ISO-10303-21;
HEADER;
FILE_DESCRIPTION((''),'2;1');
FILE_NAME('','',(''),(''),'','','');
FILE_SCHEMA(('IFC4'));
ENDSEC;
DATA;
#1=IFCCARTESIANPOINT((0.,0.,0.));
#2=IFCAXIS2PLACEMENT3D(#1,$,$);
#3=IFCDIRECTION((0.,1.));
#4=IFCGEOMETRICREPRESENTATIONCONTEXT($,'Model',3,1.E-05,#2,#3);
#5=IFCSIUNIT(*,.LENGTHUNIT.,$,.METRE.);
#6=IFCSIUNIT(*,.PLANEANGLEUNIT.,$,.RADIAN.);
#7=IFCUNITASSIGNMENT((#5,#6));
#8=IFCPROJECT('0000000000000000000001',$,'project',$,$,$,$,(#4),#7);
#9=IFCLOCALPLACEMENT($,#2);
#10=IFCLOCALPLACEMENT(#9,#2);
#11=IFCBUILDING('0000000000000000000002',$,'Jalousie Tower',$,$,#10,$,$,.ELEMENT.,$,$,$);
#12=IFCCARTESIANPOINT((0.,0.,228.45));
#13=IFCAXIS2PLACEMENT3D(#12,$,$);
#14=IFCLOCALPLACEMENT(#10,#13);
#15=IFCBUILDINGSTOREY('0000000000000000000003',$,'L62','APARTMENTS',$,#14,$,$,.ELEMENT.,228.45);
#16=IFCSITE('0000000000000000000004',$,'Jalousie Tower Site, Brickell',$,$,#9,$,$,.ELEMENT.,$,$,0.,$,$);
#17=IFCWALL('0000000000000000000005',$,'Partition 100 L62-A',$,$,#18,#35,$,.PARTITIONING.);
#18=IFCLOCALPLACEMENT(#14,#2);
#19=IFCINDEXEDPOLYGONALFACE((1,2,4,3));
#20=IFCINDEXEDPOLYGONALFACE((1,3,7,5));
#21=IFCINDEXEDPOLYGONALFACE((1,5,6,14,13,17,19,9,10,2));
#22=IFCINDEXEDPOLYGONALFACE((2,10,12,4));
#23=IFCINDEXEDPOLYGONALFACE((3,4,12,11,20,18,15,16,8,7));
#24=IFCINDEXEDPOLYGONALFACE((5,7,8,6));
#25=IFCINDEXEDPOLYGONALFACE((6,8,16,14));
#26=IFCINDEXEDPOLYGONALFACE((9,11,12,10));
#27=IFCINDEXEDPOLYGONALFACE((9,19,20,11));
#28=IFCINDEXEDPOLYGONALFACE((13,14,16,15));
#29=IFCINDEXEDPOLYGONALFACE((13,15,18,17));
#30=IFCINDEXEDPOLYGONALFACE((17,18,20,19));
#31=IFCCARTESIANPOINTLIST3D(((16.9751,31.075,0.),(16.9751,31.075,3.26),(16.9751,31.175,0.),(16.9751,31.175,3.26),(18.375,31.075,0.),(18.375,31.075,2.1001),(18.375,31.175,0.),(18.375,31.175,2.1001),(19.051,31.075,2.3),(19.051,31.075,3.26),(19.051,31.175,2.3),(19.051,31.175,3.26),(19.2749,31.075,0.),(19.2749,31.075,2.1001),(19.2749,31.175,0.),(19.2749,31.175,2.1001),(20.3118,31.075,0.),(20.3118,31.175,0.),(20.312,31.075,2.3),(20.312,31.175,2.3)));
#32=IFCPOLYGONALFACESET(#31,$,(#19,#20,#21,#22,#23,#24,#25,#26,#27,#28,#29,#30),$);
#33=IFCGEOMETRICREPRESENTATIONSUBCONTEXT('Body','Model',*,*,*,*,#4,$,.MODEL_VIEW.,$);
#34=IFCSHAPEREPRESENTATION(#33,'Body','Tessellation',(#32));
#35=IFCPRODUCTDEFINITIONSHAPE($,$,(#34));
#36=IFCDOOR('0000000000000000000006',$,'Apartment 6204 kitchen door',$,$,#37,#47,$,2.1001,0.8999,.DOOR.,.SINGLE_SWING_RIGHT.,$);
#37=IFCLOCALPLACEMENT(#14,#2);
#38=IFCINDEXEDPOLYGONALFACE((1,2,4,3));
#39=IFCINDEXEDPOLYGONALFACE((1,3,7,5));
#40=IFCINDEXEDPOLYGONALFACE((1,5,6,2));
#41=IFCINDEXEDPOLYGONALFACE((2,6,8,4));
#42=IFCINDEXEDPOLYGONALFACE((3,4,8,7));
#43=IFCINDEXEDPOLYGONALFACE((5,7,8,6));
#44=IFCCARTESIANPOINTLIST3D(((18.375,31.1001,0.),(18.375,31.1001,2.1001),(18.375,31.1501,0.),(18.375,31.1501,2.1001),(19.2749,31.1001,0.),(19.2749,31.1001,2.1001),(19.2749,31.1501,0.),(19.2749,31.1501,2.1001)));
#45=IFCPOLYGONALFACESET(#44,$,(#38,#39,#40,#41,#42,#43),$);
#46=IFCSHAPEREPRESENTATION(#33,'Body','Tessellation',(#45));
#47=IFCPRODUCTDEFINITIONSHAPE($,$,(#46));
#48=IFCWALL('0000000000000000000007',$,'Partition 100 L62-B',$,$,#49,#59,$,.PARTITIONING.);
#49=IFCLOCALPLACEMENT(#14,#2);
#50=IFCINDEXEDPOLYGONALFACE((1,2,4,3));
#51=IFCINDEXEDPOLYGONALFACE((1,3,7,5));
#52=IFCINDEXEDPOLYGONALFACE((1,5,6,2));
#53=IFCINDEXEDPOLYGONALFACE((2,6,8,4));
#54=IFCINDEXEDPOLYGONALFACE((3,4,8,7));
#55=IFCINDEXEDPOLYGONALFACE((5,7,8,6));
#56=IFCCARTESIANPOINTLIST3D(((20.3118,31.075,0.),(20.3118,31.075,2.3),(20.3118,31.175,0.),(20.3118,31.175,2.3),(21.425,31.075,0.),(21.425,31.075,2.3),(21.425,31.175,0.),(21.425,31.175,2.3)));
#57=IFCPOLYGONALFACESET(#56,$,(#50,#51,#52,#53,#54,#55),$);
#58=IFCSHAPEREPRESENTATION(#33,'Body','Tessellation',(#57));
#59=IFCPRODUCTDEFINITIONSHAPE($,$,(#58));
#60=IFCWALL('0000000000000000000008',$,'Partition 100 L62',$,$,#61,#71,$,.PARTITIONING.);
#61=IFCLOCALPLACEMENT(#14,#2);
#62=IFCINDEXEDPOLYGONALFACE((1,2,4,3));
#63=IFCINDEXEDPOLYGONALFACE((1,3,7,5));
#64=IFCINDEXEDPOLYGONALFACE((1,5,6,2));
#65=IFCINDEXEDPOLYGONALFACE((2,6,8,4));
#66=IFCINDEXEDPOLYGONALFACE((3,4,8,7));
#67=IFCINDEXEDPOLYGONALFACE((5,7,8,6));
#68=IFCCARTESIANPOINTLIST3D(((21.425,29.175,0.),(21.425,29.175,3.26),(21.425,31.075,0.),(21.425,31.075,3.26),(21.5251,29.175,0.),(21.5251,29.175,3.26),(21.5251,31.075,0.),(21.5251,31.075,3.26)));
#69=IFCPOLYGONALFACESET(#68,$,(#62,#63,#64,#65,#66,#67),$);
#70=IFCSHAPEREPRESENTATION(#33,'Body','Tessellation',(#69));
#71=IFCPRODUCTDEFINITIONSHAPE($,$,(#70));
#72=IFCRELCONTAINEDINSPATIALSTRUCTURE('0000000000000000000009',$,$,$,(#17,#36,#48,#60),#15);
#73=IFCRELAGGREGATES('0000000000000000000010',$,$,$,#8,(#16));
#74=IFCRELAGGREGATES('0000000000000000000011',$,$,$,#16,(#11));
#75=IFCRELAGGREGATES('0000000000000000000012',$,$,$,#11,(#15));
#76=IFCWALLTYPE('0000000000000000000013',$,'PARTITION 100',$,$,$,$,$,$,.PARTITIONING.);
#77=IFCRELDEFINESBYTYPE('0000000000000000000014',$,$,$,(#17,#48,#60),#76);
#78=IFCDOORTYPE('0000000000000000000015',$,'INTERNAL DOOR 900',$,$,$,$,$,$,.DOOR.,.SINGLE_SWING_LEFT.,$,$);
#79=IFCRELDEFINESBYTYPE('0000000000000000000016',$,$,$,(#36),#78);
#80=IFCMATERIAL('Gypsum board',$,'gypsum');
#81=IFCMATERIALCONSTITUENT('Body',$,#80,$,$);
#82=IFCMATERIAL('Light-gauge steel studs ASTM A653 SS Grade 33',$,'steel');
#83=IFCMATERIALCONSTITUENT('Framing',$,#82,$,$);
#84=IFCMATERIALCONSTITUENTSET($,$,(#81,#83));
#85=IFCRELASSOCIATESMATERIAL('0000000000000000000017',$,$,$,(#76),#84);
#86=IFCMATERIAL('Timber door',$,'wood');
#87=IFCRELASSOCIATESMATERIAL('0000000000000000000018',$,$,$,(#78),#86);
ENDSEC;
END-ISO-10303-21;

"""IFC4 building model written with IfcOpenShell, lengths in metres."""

from ifc_helpers import new_model, si_unit, direction, frame, frame_2d, origin, place, context, subcontext, project, spatial, polyline, rectangle, outline, extrude, material, constituent, constituent_set, type_object, element, fill, save


model = new_model("IFC4")

# Units and contexts
model_context = context("Model", 3, precision=1e-05, world=origin(), true_north=direction((0.0, 1.0)))
body_context = subcontext(model_context, "Body", "Model", "MODEL_VIEW")
ifc_project = project(units=[si_unit("LENGTHUNIT", "METRE"), si_unit("PLANEANGLEUNIT", "RADIAN")], contexts=[model_context])

# Site, building, storey
site_placement = place(None, origin())
site = spatial("IfcSite", under=ifc_project, at=site_placement, Name="Jalousie Tower Site, Brickell", CompositionType="ELEMENT", RefElevation=0.0)
building_placement = place(site_placement, origin())
building = spatial("IfcBuilding", under=site, at=building_placement, Name="Jalousie Tower", CompositionType="ELEMENT")
storey_placement = place(building_placement, frame((0.0, 0.0, 228.45)))
storey = spatial("IfcBuildingStorey", under=building, at=storey_placement, Name="L62", Description="APARTMENTS", CompositionType="ELEMENT", Elevation=228.45)

# Wall, opening, door
ifc_material_1 = material(Name="Gypsum board", Category="gypsum")
ifc_constituent_1 = constituent(ifc_material_1, Name="Body")
ifc_material_2 = material(Name="Light-gauge steel studs ASTM A653 SS Grade 33", Category="steel")
ifc_constituent_2 = constituent(ifc_material_2, Name="Framing")
ifc_constituent_set_1 = constituent_set(constituents=[ifc_constituent_1, ifc_constituent_2])
wall_type_1 = type_object("IfcWallType", Name="PARTITION 100", PredefinedType="PARTITIONING", material=ifc_constituent_set_1)
wall_1_placement = place(storey_placement, frame((16.9751, 31.125, 0.0), z_axis=(0.0, 0.0, 1.0), x_axis=(1.0, 0.0, 0.0)))
wall_1 = element("IfcWall", 1, at=wall_1_placement, inside=storey, type_object=wall_type_1, Name="Partition 100 L62-A", PredefinedType="PARTITIONING", context=body_context, shape_type="SweptSolid", body=[
    extrude(outline(polyline([(0.0, 0.0), (3.3367, 0.0), (3.3369, 2.3), (2.0759, 2.3), (2.0759, 3.26), (0.0, 3.26), (0.0, 0.0)])), frame((0.0, 0.05, 0.0), z_axis=(0.0, -1.0, 0.0), x_axis=(1.0, 0.0, 0.0)), (0.0, 0.0, 1.0), 0.1001),
])
opening_1_placement = place(wall_1_placement, frame((1.3999, 0.0, 0.0)))
opening_1 = element("IfcOpeningElement", 2, at=opening_1_placement, cuts=wall_1, PredefinedType="OPENING", context=body_context, shape_type="SweptSolid", body=[
    extrude(rectangle(XDim=0.8999, YDim=2.1001, at=frame_2d((0.45, 1.05))), frame((0.0, 0.0601, 0.0), z_axis=(0.0, -1.0, 0.0), x_axis=(1.0, 0.0, 0.0)), (0.0, 0.0, 1.0), 0.1201),
])
ifc_material_3 = material(Name="Timber door", Category="wood")
door_type = type_object("IfcDoorType", Name="INTERNAL DOOR 900", OperationType="SINGLE_SWING_LEFT", PredefinedType="DOOR", material=ifc_material_3)
door_placement = place(opening_1_placement, frame((0.8999, 0.0, 0.0), z_axis=(0.0, 0.0, 1.0), x_axis=(-1.0, 0.0, 0.0)))
door = element("IfcDoor", 3, at=door_placement, inside=storey, type_object=door_type, Name="Apartment 6204 kitchen door", OperationType="SINGLE_SWING_RIGHT", OverallHeight=2.1001, OverallWidth=0.8999, PredefinedType="DOOR", context=body_context, shape_type="SweptSolid", body=[
    extrude(rectangle(XDim=0.8999, YDim=2.1001, at=frame_2d((0.45, 1.05))), frame((0.0, 0.0249, 0.0), z_axis=(0.0, -1.0, 0.0), x_axis=(1.0, 0.0, 0.0)), (0.0, 0.0, 1.0), 0.05),
])
fill(opening_1, door)

# Walls
wall_2_placement = place(storey_placement, frame((20.3118, 31.125, 0.0), z_axis=(0.0, 0.0, 1.0), x_axis=(1.0, 0.0, 0.0)))
element("IfcWall", 4, at=wall_2_placement, inside=storey, type_object=wall_type_1, Name="Partition 100 L62-B", PredefinedType="PARTITIONING", context=body_context, shape_type="SweptSolid", body=[
    extrude(rectangle(XDim=1.1133, YDim=0.1001, at=frame_2d((0.5566, 0.0))), origin(), (0.0, 0.0, 1.0), 2.3),
])
wall_3_placement = place(storey_placement, frame((21.4751, 31.075, 0.0), z_axis=(0.0, 0.0, 1.0), x_axis=(0.0, -1.0, 0.0)))
element("IfcWall", 5, at=wall_3_placement, inside=storey, type_object=wall_type_1, Name="Partition 100 L62", PredefinedType="PARTITIONING", context=body_context, shape_type="SweptSolid", body=[
    extrude(rectangle(XDim=1.8999, YDim=0.1001, at=frame_2d((0.95, 0.0))), origin(), (0.0, 0.0, 1.0), 3.26),
])

save(model, "model.ifc")
